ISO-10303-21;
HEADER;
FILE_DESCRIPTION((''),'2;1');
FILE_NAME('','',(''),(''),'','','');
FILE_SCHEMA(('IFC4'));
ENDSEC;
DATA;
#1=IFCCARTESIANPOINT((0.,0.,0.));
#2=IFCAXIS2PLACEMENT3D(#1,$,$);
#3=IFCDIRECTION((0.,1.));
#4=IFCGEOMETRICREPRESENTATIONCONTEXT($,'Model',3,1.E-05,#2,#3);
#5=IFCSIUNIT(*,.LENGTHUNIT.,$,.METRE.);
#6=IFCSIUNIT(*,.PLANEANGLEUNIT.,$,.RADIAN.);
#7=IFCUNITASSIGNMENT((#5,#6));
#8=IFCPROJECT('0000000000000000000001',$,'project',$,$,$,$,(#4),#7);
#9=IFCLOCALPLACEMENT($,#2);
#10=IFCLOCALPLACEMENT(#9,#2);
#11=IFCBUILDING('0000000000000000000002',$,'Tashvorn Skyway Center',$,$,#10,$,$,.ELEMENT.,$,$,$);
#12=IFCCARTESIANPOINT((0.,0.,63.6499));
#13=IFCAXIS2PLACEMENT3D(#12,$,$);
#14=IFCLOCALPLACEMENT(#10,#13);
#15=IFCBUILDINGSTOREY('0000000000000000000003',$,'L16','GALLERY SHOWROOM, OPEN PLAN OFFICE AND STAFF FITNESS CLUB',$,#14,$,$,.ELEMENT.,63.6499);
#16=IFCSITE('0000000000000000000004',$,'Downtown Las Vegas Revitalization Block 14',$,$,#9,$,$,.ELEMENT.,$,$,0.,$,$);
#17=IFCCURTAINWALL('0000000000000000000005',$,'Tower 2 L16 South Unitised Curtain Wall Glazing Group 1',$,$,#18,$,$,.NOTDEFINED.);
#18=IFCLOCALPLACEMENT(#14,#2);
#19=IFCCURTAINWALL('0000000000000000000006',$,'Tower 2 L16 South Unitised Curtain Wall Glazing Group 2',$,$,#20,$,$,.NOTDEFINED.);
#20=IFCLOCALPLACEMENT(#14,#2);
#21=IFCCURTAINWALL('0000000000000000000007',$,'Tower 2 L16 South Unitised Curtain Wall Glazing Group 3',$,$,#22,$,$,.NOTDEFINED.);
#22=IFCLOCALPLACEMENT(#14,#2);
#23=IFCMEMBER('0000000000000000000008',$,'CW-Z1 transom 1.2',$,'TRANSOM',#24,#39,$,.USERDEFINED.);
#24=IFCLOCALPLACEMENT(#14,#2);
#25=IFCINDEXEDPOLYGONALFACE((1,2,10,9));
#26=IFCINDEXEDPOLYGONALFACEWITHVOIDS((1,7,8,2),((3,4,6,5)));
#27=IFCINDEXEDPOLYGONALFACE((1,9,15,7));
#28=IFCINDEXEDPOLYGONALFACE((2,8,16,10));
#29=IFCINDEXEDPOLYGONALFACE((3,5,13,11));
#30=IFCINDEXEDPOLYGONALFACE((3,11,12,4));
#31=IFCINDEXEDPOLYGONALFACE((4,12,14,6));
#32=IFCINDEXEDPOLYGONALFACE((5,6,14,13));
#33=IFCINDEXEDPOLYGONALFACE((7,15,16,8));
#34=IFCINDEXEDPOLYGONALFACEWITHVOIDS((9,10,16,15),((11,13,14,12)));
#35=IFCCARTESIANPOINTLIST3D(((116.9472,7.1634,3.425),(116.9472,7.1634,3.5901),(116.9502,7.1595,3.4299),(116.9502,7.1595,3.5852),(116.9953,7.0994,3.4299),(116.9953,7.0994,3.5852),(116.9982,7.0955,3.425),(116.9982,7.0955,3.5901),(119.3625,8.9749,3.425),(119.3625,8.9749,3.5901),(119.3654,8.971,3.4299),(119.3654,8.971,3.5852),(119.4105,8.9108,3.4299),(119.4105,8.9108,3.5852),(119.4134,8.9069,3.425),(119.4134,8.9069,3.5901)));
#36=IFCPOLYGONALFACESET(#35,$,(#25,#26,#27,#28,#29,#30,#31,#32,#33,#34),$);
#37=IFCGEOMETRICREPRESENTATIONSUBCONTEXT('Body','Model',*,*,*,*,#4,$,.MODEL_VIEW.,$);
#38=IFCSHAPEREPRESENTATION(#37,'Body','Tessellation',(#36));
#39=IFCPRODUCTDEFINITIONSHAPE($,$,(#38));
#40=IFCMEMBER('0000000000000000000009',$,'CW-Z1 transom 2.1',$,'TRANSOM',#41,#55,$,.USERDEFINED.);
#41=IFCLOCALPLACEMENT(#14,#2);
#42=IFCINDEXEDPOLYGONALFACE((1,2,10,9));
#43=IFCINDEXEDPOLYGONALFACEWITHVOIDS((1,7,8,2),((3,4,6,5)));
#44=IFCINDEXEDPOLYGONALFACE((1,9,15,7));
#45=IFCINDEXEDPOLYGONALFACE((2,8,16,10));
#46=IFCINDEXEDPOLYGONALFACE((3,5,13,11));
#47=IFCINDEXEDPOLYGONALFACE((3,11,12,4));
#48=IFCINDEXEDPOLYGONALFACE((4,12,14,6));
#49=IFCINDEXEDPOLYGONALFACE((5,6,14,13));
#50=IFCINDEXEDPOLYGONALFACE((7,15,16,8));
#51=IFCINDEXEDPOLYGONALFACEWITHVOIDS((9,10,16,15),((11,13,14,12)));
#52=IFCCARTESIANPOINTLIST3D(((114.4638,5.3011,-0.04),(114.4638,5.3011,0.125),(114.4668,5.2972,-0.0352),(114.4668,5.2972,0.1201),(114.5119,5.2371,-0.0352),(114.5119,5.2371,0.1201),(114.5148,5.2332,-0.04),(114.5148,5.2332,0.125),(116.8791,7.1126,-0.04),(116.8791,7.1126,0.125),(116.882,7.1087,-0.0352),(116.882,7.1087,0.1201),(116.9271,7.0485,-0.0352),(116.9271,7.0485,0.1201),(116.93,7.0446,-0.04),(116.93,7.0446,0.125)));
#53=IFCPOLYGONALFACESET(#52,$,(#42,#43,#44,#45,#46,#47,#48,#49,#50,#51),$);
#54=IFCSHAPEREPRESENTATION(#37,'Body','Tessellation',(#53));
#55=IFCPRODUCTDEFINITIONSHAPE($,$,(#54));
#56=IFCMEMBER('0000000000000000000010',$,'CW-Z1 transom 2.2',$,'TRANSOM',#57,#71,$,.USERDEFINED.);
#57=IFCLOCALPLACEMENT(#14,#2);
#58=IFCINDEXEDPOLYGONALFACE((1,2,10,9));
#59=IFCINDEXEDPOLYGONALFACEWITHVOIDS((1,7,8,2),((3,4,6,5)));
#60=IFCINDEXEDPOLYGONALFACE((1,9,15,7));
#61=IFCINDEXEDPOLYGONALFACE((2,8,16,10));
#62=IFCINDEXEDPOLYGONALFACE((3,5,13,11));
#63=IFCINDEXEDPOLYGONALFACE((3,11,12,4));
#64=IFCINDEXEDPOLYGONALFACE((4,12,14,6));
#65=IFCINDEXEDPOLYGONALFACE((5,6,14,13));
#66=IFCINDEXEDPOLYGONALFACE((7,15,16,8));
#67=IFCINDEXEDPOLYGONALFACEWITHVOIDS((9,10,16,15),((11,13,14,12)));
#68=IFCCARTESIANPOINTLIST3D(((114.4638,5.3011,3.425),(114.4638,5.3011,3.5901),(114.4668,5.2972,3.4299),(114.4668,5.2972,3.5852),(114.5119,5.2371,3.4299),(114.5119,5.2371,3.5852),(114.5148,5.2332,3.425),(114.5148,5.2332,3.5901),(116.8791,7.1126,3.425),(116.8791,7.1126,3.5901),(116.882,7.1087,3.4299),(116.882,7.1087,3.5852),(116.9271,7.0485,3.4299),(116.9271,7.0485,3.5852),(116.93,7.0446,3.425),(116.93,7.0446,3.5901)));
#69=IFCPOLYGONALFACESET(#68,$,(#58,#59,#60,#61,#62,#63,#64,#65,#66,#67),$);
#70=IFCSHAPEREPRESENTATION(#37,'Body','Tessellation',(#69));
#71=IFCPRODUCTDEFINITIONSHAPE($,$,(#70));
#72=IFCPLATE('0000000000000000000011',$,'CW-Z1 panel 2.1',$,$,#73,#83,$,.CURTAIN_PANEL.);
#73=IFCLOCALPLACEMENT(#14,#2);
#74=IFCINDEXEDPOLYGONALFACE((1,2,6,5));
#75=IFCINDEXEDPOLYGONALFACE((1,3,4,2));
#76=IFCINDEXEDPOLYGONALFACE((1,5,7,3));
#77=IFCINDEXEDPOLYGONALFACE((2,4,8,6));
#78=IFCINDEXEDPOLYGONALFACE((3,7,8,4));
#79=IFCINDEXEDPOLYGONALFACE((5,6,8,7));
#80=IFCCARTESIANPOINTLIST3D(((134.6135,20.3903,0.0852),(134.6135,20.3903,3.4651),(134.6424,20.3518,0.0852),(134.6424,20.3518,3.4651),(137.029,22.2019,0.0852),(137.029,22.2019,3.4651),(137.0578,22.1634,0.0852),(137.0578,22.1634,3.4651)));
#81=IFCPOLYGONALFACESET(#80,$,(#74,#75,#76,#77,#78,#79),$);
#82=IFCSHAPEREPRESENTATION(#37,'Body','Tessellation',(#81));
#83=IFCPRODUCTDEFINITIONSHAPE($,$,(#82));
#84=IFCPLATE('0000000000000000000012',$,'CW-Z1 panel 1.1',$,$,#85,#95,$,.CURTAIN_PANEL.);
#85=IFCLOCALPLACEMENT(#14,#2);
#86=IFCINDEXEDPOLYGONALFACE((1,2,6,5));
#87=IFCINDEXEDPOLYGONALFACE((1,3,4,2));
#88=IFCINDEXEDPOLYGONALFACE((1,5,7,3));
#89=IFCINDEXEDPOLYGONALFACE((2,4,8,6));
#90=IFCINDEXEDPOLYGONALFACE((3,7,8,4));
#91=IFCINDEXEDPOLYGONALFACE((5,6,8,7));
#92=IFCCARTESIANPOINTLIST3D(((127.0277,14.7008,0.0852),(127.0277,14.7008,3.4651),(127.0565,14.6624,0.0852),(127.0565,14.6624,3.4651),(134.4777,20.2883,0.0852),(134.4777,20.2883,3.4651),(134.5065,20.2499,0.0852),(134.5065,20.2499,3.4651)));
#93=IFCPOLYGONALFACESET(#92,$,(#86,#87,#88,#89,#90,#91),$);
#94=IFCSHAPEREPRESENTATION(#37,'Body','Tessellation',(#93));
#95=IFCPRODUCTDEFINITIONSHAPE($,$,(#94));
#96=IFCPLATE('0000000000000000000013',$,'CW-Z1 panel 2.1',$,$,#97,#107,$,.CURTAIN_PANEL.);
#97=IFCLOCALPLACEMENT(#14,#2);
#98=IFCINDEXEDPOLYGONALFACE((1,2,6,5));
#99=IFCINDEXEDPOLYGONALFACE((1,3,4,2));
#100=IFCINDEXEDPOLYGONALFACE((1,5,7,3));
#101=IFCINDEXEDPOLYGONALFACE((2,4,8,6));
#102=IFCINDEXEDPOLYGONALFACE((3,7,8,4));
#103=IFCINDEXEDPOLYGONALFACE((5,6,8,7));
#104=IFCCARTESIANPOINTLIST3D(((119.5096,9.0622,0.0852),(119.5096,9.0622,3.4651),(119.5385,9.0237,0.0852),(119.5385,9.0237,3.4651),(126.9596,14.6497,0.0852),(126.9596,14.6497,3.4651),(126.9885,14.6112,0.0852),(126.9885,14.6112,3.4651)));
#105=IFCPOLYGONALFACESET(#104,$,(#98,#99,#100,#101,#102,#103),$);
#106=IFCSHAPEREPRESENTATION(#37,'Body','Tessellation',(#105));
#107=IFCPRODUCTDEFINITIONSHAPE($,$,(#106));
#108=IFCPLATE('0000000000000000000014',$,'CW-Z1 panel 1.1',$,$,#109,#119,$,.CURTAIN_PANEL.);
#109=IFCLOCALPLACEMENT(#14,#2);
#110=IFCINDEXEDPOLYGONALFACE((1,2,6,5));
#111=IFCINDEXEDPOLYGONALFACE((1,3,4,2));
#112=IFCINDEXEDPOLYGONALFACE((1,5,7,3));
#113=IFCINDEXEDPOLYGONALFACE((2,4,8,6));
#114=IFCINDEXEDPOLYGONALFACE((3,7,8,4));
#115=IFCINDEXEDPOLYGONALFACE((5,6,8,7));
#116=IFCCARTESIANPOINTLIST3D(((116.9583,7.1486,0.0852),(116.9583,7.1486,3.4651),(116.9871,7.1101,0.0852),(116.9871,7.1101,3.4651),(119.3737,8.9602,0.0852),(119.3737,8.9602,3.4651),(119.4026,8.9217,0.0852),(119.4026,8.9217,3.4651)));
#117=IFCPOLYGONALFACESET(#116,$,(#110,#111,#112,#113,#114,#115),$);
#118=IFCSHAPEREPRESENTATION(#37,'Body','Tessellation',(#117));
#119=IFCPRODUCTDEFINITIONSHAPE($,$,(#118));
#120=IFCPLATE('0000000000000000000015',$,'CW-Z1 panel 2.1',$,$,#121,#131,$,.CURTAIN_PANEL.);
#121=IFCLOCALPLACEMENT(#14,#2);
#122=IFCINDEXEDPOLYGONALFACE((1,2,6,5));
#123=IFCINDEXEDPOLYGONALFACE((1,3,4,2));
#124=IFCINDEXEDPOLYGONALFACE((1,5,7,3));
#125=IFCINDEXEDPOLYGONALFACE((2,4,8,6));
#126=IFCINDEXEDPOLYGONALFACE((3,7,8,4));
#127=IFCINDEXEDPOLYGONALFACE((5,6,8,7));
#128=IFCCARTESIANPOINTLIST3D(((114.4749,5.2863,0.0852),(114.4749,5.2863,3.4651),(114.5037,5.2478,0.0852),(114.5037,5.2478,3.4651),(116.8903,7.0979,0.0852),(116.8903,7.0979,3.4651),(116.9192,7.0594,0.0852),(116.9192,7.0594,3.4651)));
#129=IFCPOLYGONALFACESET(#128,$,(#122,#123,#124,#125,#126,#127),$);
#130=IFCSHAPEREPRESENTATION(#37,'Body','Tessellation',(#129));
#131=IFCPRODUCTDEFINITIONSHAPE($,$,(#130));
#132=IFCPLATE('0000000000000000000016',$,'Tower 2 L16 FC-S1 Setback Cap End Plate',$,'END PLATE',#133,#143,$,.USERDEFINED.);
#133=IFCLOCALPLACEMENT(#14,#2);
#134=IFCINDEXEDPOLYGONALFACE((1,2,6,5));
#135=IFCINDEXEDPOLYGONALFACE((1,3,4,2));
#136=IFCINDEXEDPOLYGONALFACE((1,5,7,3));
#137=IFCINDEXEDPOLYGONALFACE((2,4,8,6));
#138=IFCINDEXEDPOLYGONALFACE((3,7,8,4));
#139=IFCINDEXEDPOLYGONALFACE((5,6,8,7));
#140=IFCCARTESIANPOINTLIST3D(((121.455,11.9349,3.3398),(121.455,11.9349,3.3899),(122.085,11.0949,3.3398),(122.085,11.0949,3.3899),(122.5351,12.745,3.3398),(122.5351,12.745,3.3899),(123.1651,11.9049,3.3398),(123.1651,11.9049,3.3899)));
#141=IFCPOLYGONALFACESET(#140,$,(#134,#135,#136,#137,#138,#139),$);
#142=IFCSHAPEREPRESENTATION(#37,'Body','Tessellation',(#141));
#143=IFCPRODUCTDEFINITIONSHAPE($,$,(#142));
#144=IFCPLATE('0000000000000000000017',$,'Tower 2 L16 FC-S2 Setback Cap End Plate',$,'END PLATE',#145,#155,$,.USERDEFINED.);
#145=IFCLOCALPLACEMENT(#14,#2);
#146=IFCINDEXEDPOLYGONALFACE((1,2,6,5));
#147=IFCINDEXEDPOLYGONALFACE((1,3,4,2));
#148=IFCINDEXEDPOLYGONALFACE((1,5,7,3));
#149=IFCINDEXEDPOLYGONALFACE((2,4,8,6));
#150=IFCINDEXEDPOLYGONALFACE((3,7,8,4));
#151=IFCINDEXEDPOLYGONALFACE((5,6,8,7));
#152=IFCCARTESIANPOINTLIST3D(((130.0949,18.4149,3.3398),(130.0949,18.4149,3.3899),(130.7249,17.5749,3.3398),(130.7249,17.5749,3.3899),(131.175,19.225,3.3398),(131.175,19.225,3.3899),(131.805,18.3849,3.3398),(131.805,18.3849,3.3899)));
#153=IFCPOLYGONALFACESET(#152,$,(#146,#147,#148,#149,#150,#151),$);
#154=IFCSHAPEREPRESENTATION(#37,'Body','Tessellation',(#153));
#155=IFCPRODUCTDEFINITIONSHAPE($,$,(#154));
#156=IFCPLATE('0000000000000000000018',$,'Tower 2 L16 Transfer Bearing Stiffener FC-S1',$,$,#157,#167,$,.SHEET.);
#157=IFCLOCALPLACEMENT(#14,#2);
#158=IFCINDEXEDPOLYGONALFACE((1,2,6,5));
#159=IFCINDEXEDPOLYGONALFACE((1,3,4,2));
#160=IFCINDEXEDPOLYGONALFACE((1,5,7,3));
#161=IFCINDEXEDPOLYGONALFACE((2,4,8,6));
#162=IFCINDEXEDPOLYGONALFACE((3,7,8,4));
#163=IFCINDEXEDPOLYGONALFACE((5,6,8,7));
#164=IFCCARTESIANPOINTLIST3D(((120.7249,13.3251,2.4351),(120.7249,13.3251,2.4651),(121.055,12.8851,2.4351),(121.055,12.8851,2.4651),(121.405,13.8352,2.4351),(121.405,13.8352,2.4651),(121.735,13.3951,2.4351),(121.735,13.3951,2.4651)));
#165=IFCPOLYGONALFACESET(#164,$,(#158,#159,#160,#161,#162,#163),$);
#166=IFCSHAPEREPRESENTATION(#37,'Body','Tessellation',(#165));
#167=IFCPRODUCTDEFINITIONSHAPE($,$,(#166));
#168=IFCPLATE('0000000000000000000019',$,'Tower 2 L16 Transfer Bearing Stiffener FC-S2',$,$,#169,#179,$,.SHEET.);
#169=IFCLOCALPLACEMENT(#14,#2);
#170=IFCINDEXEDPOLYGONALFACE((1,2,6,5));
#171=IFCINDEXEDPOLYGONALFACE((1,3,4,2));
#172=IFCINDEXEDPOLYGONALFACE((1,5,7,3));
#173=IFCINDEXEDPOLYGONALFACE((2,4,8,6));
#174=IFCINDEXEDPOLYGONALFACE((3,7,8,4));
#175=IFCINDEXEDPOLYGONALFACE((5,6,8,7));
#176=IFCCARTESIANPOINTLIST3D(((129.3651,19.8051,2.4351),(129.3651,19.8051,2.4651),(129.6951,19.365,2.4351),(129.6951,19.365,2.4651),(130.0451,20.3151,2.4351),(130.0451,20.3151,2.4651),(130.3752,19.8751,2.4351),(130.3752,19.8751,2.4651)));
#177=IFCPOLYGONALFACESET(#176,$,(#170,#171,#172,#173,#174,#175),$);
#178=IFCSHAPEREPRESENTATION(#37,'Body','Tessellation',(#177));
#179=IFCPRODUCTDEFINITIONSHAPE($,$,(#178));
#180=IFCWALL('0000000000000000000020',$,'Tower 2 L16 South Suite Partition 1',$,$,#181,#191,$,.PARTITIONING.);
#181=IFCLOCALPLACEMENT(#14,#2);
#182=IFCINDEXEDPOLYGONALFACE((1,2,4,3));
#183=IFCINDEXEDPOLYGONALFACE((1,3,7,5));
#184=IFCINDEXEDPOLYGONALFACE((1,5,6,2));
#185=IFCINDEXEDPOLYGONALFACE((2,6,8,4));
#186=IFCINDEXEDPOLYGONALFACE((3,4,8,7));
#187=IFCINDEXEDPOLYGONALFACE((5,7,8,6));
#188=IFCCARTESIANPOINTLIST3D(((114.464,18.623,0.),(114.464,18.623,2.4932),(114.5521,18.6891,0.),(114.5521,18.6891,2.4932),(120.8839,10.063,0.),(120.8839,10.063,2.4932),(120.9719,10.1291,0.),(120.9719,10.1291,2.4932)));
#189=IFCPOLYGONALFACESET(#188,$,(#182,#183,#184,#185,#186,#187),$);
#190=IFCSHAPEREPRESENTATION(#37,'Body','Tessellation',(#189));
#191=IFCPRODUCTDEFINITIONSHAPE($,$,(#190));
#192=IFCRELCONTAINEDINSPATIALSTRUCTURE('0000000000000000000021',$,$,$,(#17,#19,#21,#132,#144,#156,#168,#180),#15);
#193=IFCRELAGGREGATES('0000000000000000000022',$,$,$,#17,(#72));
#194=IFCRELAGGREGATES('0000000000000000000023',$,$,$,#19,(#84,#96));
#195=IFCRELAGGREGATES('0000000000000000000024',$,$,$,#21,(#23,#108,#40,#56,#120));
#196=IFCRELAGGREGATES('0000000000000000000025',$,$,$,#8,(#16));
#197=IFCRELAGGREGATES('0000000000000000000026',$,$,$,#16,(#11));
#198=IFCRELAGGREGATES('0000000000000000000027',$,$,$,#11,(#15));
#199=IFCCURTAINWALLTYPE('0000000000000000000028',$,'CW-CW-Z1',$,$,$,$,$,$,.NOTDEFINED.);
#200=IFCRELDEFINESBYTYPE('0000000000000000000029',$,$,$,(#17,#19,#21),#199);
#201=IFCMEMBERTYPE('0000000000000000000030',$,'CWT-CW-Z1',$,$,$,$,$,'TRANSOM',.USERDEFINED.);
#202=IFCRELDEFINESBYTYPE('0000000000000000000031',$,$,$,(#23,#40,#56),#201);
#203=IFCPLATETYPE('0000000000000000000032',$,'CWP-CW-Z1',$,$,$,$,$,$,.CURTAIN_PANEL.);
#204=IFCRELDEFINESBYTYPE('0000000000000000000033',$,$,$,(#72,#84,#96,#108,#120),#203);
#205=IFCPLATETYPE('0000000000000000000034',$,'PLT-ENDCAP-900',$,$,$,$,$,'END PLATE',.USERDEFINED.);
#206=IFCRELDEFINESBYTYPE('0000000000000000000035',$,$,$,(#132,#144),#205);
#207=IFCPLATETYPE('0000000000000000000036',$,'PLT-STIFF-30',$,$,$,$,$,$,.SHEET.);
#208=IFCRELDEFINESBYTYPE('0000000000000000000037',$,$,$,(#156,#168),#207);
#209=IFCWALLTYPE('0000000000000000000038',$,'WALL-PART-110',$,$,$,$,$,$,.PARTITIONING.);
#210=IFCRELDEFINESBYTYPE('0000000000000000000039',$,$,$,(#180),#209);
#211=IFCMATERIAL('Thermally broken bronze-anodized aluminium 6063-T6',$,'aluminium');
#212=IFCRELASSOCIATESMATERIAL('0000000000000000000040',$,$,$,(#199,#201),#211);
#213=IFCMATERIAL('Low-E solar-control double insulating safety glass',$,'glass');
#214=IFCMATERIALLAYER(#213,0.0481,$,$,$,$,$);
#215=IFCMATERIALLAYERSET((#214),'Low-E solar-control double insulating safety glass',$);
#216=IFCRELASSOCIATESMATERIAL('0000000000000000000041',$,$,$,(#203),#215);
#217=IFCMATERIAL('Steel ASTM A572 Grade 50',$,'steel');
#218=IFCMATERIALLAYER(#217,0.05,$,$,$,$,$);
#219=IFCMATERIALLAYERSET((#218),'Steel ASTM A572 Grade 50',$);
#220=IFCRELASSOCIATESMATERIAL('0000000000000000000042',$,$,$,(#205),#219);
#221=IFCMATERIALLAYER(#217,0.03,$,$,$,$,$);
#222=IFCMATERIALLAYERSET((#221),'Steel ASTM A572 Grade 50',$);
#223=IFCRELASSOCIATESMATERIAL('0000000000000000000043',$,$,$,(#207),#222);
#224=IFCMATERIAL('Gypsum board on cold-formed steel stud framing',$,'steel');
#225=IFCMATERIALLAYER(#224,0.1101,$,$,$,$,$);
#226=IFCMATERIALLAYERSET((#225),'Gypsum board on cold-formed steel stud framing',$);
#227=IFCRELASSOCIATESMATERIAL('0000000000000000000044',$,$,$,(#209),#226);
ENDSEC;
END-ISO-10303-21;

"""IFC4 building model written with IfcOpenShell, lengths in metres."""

from ifc_helpers import new_model, si_unit, direction, frame, frame_2d, origin, origin_2d, place, context, subcontext, project, spatial, rectangle, hollow_rectangle, extrude, material, layer, layer_set, material_profile, profile_set, type_object, element, aggregate, save


model = new_model("IFC4")

# Units and contexts
model_context = context("Model", 3, precision=1e-05, world=origin(), true_north=direction((0.0, 1.0)))
body_context = subcontext(model_context, "Body", "Model", "MODEL_VIEW")
ifc_project = project(units=[si_unit("LENGTHUNIT", "METRE"), si_unit("PLANEANGLEUNIT", "RADIAN")], contexts=[model_context])

# Site, building, storey
site_placement = place(None, origin())
site = spatial("IfcSite", under=ifc_project, at=site_placement, Name="Downtown Las Vegas Revitalization Block 14", CompositionType="ELEMENT", RefElevation=0.0)
building_placement = place(site_placement, origin())
building = spatial("IfcBuilding", under=site, at=building_placement, Name="Tashvorn Skyway Center", CompositionType="ELEMENT")
storey_placement = place(building_placement, frame((0.0, 0.0, 63.6499)))
storey = spatial("IfcBuildingStorey", under=building, at=storey_placement, Name="L16", Description="GALLERY SHOWROOM, OPEN PLAN OFFICE AND STAFF FITNESS CLUB", CompositionType="ELEMENT", Elevation=63.6499)

# Shared definitions
ifc_material_1 = material(Name="Steel ASTM A572 Grade 50", Category="steel")

# Curtain walls
ifc_material_2 = material(Name="Thermally broken bronze-anodized aluminium 6063-T6", Category="aluminium")
curtain_wall_type = type_object("IfcCurtainWallType", Name="CW-CW-Z1", PredefinedType="NOTDEFINED", material=ifc_material_2)
curtain_wall_1_placement = place(storey_placement, origin())
curtain_wall_1 = element("IfcCurtainWall", 1, at=curtain_wall_1_placement, inside=storey, type_object=curtain_wall_type, Name="Tower 2 L16 South Unitised Curtain Wall Glazing Group 1", PredefinedType="NOTDEFINED")
curtain_wall_2_placement = place(storey_placement, origin())
curtain_wall_2 = element("IfcCurtainWall", 2, at=curtain_wall_2_placement, inside=storey, type_object=curtain_wall_type, Name="Tower 2 L16 South Unitised Curtain Wall Glazing Group 2", PredefinedType="NOTDEFINED")
curtain_wall_3_placement = place(storey_placement, origin())
curtain_wall_3 = element("IfcCurtainWall", 3, at=curtain_wall_3_placement, inside=storey, type_object=curtain_wall_type, Name="Tower 2 L16 South Unitised Curtain Wall Glazing Group 3", PredefinedType="NOTDEFINED")

# Members
ifc_material_profile_1 = material_profile(ifc_material_2, hollow_rectangle(XDim=0.085, YDim=0.165, WallThickness=0.0049, at=origin_2d()), Name="ALU-TRAN-85x165")
ifc_profile_set_1 = profile_set([ifc_material_profile_1], Name="Thermally broken bronze-anodized aluminium 6063-T6")
member_type_1 = type_object("IfcMemberType", Name="CWT-CW-Z1", ElementType="TRANSOM", PredefinedType="USERDEFINED", material=ifc_profile_set_1)
member_1_placement = place(storey_placement, frame((119.3879, 8.9409, 3.5076), z_axis=(-0.79999, -0.600013, 0.0), x_axis=(0.600013, -0.79999, 0.0)))
member_1 = element("IfcMember", 4, at=member_1_placement, type_object=member_type_1, Name="CW-Z1 transom 1.2", ObjectType="TRANSOM", PredefinedType="USERDEFINED", context=body_context, shape_type="SweptSolid", body=[
    extrude(hollow_rectangle(XDim=0.085, YDim=0.165, WallThickness=0.0049, at=origin_2d()), origin(), (0.0, 0.0, 1.0), 3.019),
])
member_2_placement = place(storey_placement, frame((116.9045, 7.0786, 0.0425), z_axis=(-0.79999, -0.600013, 0.0), x_axis=(0.600013, -0.79999, 0.0)))
member_2 = element("IfcMember", 5, at=member_2_placement, type_object=member_type_1, Name="CW-Z1 transom 2.1", ObjectType="TRANSOM", PredefinedType="USERDEFINED", context=body_context, shape_type="SweptSolid", body=[
    extrude(hollow_rectangle(XDim=0.085, YDim=0.165, WallThickness=0.0049, at=origin_2d()), origin(), (0.0, 0.0, 1.0), 3.019),
])
member_3_placement = place(storey_placement, frame((116.9045, 7.0786, 3.5076), z_axis=(-0.79999, -0.600013, 0.0), x_axis=(0.600013, -0.79999, 0.0)))
member_3 = element("IfcMember", 6, at=member_3_placement, type_object=member_type_1, Name="CW-Z1 transom 2.2", ObjectType="TRANSOM", PredefinedType="USERDEFINED", context=body_context, shape_type="SweptSolid", body=[
    extrude(hollow_rectangle(XDim=0.085, YDim=0.165, WallThickness=0.0049, at=origin_2d()), origin(), (0.0, 0.0, 1.0), 3.019),
])

# Plates
ifc_material_3 = material(Name="Low-E solar-control double insulating safety glass", Category="glass")
ifc_layer_1 = layer(ifc_material_3, 0.0481)
ifc_layer_set_1 = layer_set([ifc_layer_1], Name="Low-E solar-control double insulating safety glass")
plate_type_1 = type_object("IfcPlateType", Name="CWP-CW-Z1", PredefinedType="CURTAIN_PANEL", material=ifc_layer_set_1)
plate_1_placement = place(storey_placement, frame((135.8357, 21.2769, 0.0852), z_axis=(0.0, 0.0, 1.0), x_axis=(-0.800002, -0.599997, 0.0)))
plate_1 = element("IfcPlate", 7, at=plate_1_placement, type_object=plate_type_1, Name="CW-Z1 panel 2.1", PredefinedType="CURTAIN_PANEL", context=body_context, shape_type="SweptSolid", body=[
    extrude(rectangle(XDim=3.0193, YDim=0.0481, at=origin_2d()), origin(), (0.0, 0.0, 1.0), 3.3799),
])
aggregate(curtain_wall_1, [plate_1])
plate_2_placement = place(storey_placement, frame((130.7671, 17.4753, 0.0852), z_axis=(0.0, 0.0, 1.0), x_axis=(-0.8, -0.6, 0.0)))
plate_2 = element("IfcPlate", 8, at=plate_2_placement, type_object=plate_type_1, Name="CW-Z1 panel 1.1", PredefinedType="CURTAIN_PANEL", context=body_context, shape_type="SweptSolid", body=[
    extrude(rectangle(XDim=9.3125, YDim=0.0481, at=origin_2d()), origin(), (0.0, 0.0, 1.0), 3.3799),
])
plate_3_placement = place(storey_placement, frame((123.249, 11.8367, 0.0852), z_axis=(0.0, 0.0, 1.0), x_axis=(-0.8, -0.6, 0.0)))
plate_3 = element("IfcPlate", 9, at=plate_3_placement, type_object=plate_type_1, Name="CW-Z1 panel 2.1", PredefinedType="CURTAIN_PANEL", context=body_context, shape_type="SweptSolid", body=[
    extrude(rectangle(XDim=9.3125, YDim=0.0481, at=origin_2d()), origin(), (0.0, 0.0, 1.0), 3.3799),
])
aggregate(curtain_wall_2, [plate_2, plate_3])
plate_4_placement = place(storey_placement, frame((118.1804, 8.0352, 0.0852), z_axis=(0.0, 0.0, 1.0), x_axis=(-0.800002, -0.599997, 0.0)))
plate_4 = element("IfcPlate", 10, at=plate_4_placement, type_object=plate_type_1, Name="CW-Z1 panel 1.1", PredefinedType="CURTAIN_PANEL", context=body_context, shape_type="SweptSolid", body=[
    extrude(rectangle(XDim=3.0193, YDim=0.0481, at=origin_2d()), origin(), (0.0, 0.0, 1.0), 3.3799),
])
plate_5_placement = place(storey_placement, frame((115.697, 6.1729, 0.0852), z_axis=(0.0, 0.0, 1.0), x_axis=(-0.800002, -0.599997, 0.0)))
plate_5 = element("IfcPlate", 11, at=plate_5_placement, type_object=plate_type_1, Name="CW-Z1 panel 2.1", PredefinedType="CURTAIN_PANEL", context=body_context, shape_type="SweptSolid", body=[
    extrude(rectangle(XDim=3.0193, YDim=0.0481, at=origin_2d()), origin(), (0.0, 0.0, 1.0), 3.3799),
])
aggregate(curtain_wall_3, [member_1, plate_4, member_2, member_3, plate_5])

# Plates
ifc_layer_2 = layer(ifc_material_1, 0.05)
ifc_layer_set_2 = layer_set([ifc_layer_2], Name="Steel ASTM A572 Grade 50")
plate_type_2 = type_object("IfcPlateType", Name="PLT-ENDCAP-900", ElementType="END PLATE", PredefinedType="USERDEFINED", material=ifc_layer_set_2)
for number, where, z_axis, x_axis, name in (
    (12, (122.3101, 11.9199, 3.3398), (0.0, 0.0, 1.0), (0.8, 0.6, 0.0), "Tower 2 L16 FC-S1 Setback Cap End Plate"),
    (13, (130.95, 18.3999, 3.3398), (0.0, 0.0, 1.0), (0.8, 0.6, 0.0), "Tower 2 L16 FC-S2 Setback Cap End Plate"),
):
    element("IfcPlate", number, at=place(storey_placement, frame(where, z_axis=z_axis, x_axis=x_axis)), inside=storey, type_object=plate_type_2, Name=name, ObjectType="END PLATE", PredefinedType="USERDEFINED", context=body_context, shape_type="SweptSolid", body=[
        extrude(rectangle(XDim=1.3501, YDim=1.05, at=origin_2d()), origin(), (0.0, 0.0, 1.0), 0.05),
    ])
ifc_layer_3 = layer(ifc_material_1, 0.03)
ifc_layer_set_3 = layer_set([ifc_layer_3], Name="Steel ASTM A572 Grade 50")
plate_type_3 = type_object("IfcPlateType", Name="PLT-STIFF-30", PredefinedType="SHEET", material=ifc_layer_set_3)
for number, where, z_axis, x_axis, name in (
    (14, (121.23, 13.3601, 2.4351), (0.0, 0.0, 1.0), (0.8, 0.6, 0.0), "Tower 2 L16 Transfer Bearing Stiffener FC-S1"),
    (15, (129.8701, 19.8401, 2.4351), (0.0, 0.0, 1.0), (0.8, 0.6, 0.0), "Tower 2 L16 Transfer Bearing Stiffener FC-S2"),
):
    element("IfcPlate", number, at=place(storey_placement, frame(where, z_axis=z_axis, x_axis=x_axis)), inside=storey, type_object=plate_type_3, Name=name, PredefinedType="SHEET", context=body_context, shape_type="SweptSolid", body=[
        extrude(rectangle(XDim=0.8501, YDim=0.55, at=origin_2d()), origin(), (0.0, 0.0, 1.0), 0.03),
    ])

# Wall
ifc_material_4 = material(Name="Gypsum board on cold-formed steel stud framing", Category="steel")
ifc_layer_4 = layer(ifc_material_4, 0.1101)
ifc_layer_set_4 = layer_set([ifc_layer_4], Name="Gypsum board on cold-formed steel stud framing")
wall_type = type_object("IfcWallType", Name="WALL-PART-110", PredefinedType="PARTITIONING", material=ifc_layer_set_4)
wall_1_placement = place(storey_placement, frame((120.928, 10.0959, 0.0), z_axis=(0.0, 0.0, 1.0), x_axis=(-0.599993, 0.800005, 0.0)))
element("IfcWall", 16, at=wall_1_placement, inside=storey, type_object=wall_type, Name="Tower 2 L16 South Suite Partition 1", PredefinedType="PARTITIONING", context=body_context, shape_type="SweptSolid", body=[
    extrude(rectangle(XDim=10.7, YDim=0.1101, at=frame_2d((5.3501, 0.0))), origin(), (0.0, 0.0, 1.0), 2.4932),
])

save(model, "model.ifc")
